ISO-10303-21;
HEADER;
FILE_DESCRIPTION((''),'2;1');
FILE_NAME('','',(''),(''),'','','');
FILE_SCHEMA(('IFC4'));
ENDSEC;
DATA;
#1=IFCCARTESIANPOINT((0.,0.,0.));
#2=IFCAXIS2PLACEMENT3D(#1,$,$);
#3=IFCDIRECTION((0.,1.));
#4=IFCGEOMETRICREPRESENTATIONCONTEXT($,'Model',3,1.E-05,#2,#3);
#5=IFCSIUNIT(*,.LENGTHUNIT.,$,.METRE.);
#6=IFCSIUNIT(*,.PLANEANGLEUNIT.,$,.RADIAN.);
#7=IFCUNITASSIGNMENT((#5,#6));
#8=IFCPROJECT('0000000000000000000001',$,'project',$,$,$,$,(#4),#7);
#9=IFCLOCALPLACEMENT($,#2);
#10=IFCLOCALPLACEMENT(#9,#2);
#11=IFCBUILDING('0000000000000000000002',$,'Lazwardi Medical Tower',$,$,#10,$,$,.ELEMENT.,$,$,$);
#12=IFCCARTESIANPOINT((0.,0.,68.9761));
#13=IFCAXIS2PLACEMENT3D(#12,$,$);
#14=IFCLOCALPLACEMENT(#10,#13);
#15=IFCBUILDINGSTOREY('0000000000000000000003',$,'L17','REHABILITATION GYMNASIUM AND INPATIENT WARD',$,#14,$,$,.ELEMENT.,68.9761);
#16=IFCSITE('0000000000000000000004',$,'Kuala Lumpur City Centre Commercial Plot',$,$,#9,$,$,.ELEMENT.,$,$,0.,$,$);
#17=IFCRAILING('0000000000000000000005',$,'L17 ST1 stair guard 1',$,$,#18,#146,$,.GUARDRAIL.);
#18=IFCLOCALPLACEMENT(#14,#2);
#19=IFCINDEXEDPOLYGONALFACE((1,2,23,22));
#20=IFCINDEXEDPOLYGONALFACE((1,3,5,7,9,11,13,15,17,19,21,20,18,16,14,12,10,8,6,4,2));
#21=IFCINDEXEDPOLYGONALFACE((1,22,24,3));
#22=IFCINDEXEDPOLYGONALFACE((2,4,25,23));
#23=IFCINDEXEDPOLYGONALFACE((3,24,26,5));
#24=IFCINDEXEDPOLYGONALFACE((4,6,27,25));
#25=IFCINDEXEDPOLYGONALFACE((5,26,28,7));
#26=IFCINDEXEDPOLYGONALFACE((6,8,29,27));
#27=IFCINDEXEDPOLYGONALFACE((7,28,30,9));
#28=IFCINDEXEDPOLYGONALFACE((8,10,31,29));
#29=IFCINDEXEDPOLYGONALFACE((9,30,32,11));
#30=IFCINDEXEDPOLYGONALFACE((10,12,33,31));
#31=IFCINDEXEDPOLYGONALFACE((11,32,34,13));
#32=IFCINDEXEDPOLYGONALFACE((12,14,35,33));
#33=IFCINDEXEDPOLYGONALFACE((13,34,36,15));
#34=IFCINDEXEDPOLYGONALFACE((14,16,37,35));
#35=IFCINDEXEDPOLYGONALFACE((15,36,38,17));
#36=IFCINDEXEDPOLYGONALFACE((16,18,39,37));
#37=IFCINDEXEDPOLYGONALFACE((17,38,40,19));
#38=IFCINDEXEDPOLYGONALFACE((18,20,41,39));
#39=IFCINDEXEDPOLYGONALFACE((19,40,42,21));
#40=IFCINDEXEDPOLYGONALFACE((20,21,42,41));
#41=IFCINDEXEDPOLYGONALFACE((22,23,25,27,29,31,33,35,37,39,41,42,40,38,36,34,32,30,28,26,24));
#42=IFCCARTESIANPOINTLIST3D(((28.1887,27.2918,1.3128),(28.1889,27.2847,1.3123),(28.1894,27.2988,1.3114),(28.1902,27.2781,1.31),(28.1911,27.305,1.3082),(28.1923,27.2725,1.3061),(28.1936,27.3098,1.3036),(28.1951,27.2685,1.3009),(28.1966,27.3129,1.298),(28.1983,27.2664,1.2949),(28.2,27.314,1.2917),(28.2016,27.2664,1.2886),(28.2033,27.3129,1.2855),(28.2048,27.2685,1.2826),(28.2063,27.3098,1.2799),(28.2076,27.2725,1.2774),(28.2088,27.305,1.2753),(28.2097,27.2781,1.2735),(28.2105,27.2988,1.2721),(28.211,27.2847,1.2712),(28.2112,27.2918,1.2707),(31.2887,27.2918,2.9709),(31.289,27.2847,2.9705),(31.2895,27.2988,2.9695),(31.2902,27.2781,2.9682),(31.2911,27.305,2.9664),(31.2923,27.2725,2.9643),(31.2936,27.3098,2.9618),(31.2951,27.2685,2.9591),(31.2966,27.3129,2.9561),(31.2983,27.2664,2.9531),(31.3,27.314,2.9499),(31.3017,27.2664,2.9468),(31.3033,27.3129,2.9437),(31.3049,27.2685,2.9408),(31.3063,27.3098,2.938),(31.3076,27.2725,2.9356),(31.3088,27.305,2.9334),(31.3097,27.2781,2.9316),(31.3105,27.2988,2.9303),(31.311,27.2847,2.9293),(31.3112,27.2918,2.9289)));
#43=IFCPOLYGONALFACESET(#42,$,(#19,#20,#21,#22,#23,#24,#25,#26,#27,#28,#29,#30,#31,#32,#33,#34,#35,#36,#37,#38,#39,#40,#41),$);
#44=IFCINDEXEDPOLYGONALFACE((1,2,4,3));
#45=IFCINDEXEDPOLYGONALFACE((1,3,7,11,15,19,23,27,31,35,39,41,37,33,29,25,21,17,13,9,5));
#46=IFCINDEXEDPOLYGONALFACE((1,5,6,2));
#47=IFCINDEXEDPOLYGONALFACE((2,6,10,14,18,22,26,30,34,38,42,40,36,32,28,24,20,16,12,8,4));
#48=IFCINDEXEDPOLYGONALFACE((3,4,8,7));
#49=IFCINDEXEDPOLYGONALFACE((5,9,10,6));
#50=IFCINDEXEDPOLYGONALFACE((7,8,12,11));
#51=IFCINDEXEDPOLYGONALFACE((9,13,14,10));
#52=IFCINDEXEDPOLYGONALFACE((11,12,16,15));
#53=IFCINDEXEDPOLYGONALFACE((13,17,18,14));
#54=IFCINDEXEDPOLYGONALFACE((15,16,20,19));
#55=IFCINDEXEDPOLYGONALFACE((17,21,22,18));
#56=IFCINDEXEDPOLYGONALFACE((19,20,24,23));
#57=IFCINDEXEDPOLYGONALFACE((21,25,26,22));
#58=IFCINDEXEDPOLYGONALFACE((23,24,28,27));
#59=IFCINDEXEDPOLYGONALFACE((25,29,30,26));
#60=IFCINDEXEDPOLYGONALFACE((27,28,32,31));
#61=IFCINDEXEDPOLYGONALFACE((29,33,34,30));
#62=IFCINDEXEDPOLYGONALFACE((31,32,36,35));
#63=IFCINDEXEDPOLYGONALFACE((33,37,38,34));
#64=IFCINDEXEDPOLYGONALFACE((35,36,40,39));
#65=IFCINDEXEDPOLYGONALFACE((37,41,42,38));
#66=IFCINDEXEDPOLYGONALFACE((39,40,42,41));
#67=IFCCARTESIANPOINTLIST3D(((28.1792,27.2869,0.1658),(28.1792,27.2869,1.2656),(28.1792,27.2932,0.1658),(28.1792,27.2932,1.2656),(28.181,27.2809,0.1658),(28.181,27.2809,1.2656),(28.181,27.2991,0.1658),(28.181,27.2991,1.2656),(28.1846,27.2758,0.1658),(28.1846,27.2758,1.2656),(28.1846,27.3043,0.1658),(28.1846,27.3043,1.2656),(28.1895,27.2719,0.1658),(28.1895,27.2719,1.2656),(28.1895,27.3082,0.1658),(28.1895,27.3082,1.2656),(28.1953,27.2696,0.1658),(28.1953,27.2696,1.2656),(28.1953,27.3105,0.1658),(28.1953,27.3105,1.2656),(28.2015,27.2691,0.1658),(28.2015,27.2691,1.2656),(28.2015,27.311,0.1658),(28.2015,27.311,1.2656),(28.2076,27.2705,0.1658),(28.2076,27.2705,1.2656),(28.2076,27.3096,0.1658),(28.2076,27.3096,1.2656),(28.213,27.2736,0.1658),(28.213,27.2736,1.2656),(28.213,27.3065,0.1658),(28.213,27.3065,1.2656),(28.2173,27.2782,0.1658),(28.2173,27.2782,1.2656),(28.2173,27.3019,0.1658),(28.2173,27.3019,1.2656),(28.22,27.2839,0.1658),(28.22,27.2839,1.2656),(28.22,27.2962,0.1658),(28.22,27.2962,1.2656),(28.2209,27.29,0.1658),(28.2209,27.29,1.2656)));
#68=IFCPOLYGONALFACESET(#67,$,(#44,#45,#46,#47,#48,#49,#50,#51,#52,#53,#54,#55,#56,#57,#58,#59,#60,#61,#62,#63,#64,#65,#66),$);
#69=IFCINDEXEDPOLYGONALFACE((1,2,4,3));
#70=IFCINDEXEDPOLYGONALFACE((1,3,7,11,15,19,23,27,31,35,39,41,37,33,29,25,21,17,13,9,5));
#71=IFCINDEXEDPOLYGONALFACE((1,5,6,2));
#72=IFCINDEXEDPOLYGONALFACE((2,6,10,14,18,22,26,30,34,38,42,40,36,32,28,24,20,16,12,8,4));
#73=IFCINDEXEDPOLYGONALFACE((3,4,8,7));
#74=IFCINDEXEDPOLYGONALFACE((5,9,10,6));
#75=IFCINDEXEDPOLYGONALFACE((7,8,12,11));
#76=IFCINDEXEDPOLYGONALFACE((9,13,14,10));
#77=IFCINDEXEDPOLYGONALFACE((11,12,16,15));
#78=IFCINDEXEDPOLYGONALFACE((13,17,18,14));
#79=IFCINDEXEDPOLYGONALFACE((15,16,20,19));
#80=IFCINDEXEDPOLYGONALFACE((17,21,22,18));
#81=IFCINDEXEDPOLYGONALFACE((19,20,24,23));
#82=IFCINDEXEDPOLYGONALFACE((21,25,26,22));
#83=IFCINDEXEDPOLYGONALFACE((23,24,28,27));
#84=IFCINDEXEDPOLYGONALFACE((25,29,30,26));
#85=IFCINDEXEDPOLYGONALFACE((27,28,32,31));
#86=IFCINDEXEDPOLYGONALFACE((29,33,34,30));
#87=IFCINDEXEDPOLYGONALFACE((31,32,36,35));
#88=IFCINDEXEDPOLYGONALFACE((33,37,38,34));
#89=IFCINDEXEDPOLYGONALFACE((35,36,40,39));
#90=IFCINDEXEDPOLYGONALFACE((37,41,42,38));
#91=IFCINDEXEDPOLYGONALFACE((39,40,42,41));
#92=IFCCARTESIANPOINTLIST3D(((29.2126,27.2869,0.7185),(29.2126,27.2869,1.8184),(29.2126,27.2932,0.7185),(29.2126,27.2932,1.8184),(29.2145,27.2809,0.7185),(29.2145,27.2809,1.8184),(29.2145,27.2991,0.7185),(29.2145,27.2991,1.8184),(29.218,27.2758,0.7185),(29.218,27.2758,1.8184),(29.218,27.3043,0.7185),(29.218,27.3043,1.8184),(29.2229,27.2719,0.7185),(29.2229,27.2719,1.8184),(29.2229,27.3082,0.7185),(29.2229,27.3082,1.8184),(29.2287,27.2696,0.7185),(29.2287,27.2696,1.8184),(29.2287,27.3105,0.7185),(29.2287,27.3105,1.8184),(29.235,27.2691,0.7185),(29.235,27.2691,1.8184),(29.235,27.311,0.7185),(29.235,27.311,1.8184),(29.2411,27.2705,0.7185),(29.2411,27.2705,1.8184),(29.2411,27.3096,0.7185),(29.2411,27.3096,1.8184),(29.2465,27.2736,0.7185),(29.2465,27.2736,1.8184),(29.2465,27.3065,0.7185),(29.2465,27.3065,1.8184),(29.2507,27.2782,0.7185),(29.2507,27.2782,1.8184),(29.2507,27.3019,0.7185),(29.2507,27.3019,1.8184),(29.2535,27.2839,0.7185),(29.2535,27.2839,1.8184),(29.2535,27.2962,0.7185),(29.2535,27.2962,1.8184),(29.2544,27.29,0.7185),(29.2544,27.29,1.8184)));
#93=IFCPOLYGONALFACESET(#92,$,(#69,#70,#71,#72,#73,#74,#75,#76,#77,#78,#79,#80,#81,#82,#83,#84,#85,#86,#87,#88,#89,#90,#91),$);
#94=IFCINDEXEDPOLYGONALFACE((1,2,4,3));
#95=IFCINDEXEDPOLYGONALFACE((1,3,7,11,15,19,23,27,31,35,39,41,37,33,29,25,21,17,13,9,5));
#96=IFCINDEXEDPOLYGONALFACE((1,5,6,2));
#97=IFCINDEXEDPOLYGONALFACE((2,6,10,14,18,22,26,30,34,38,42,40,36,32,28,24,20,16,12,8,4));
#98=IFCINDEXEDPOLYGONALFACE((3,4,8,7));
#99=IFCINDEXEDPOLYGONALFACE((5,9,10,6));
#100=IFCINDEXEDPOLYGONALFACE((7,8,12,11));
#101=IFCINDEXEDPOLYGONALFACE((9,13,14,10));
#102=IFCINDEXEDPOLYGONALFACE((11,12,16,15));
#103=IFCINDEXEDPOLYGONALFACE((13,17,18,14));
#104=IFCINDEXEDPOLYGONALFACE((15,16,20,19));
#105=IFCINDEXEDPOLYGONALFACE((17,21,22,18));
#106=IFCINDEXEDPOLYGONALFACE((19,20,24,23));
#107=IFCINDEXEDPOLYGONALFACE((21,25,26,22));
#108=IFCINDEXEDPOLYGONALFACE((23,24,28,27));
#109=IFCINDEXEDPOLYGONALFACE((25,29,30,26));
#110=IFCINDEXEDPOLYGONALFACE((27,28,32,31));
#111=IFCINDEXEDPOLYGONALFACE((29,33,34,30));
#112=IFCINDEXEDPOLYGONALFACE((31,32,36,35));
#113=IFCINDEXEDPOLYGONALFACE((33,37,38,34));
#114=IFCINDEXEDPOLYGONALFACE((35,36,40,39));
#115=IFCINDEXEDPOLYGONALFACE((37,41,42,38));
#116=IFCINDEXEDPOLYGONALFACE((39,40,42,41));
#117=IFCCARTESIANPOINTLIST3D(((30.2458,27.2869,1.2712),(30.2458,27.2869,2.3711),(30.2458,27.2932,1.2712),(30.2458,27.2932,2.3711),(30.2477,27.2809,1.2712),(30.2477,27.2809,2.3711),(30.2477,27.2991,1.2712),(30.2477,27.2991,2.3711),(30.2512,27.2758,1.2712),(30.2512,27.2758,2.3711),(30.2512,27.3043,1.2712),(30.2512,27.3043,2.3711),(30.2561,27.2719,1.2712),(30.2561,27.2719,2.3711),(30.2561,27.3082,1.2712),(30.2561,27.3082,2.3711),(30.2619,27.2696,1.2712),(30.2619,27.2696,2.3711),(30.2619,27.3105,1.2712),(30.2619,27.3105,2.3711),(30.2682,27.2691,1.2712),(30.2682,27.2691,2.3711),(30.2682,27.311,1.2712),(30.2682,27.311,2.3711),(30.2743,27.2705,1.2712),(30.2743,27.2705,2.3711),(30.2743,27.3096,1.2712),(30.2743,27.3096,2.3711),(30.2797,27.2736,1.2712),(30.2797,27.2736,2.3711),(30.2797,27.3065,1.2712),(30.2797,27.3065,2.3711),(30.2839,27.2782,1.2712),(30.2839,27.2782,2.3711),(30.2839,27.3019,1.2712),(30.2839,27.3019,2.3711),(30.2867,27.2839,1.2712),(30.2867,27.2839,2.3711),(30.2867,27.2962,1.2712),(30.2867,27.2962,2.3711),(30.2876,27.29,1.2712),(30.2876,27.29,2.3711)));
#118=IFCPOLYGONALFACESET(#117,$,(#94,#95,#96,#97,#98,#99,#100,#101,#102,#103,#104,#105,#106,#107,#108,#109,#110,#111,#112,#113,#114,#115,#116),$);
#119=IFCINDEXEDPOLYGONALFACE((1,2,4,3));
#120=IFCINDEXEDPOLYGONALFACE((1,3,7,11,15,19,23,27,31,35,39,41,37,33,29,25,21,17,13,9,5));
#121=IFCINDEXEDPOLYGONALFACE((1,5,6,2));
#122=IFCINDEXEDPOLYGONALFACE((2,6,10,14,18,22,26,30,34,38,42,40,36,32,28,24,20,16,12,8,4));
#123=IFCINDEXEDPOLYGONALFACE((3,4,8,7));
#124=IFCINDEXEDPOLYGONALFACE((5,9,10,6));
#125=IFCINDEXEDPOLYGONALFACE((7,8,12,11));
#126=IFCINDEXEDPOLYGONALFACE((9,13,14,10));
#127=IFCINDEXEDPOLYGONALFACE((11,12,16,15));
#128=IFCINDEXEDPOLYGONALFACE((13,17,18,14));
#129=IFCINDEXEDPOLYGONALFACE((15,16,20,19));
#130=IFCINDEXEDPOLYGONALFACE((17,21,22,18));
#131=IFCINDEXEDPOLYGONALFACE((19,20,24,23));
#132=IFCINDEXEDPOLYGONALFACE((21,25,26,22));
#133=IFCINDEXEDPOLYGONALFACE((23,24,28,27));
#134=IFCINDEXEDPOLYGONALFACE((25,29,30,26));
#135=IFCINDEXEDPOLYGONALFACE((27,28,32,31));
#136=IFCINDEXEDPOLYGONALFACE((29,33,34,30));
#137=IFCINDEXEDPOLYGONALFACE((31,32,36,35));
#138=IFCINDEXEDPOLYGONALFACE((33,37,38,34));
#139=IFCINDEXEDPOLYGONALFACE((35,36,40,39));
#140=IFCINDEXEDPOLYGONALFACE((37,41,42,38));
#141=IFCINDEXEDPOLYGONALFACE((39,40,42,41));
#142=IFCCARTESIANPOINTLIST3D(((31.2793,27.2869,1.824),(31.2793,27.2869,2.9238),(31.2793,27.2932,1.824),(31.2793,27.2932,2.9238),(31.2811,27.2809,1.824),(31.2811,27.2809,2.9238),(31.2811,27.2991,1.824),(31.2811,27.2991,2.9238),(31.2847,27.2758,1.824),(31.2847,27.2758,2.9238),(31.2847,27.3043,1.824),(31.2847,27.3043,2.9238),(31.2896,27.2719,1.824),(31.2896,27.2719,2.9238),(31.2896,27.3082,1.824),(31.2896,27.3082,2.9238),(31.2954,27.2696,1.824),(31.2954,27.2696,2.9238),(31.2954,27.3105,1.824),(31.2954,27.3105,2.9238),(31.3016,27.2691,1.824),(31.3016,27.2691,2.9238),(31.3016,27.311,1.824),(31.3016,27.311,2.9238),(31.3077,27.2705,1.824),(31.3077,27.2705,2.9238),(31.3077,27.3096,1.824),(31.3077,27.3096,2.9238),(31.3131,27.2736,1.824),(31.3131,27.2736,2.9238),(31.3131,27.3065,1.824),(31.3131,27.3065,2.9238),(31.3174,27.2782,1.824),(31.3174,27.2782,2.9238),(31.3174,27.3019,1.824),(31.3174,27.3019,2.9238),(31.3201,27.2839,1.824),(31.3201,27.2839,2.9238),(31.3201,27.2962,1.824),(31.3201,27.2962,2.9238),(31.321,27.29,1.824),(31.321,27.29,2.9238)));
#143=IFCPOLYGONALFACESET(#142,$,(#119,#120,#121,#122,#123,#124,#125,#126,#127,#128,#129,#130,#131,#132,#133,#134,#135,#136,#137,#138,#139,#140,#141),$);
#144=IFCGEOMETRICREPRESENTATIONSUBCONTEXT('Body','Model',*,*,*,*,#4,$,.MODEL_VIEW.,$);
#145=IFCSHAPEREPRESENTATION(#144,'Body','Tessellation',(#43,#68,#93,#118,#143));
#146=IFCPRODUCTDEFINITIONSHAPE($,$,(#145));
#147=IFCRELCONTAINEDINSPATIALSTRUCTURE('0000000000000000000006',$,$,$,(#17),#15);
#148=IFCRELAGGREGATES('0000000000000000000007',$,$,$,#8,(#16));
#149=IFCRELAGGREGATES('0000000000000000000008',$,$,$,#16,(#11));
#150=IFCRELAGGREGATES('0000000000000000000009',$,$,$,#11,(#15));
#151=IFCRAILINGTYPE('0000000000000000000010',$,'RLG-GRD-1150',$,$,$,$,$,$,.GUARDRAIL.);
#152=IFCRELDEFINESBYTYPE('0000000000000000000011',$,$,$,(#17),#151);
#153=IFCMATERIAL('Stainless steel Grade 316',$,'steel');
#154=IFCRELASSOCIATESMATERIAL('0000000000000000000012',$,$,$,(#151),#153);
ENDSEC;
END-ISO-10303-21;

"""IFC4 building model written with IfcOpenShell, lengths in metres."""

from ifc_helpers import new_model, si_unit, direction, frame, origin, origin_2d, place, context, subcontext, project, spatial, circle, extrude, material, type_object, element, save


model = new_model("IFC4")

# Units and contexts
model_context = context("Model", 3, precision=1e-05, world=origin(), true_north=direction((0.0, 1.0)))
body_context = subcontext(model_context, "Body", "Model", "MODEL_VIEW")
ifc_project = project(units=[si_unit("LENGTHUNIT", "METRE"), si_unit("PLANEANGLEUNIT", "RADIAN")], contexts=[model_context])

# Site, building, storey
site_placement = place(None, origin())
site = spatial("IfcSite", under=ifc_project, at=site_placement, Name="Kuala Lumpur City Centre Commercial Plot", CompositionType="ELEMENT", RefElevation=0.0)
building_placement = place(site_placement, origin())
building = spatial("IfcBuilding", under=site, at=building_placement, Name="Lazwardi Medical Tower", CompositionType="ELEMENT")
storey_placement = place(building_placement, frame((0.0, 0.0, 68.9761)))
storey = spatial("IfcBuildingStorey", under=building, at=storey_placement, Name="L17", Description="REHABILITATION GYMNASIUM AND INPATIENT WARD", CompositionType="ELEMENT", Elevation=68.9761)

# Railing
ifc_material_1 = material(Name="Stainless steel Grade 316", Category="steel")
railing_type_1 = type_object("IfcRailingType", Name="RLG-GRD-1150", PredefinedType="GUARDRAIL", material=ifc_material_1)
railing_1_placement = place(storey_placement, frame((28.2, 27.29, 0.1658)))
element("IfcRailing", 1, at=railing_1_placement, inside=storey, type_object=railing_type_1, Name="L17 ST1 stair guard 1", PredefinedType="GUARDRAIL", context=body_context, shape_type="SweptSolid", body=[
    extrude(circle(Radius=0.0239, at=origin_2d()), frame((0.0, 0.0, 1.126), z_axis=(0.881783, 0.0, 0.471655), x_axis=(0.0, 1.0, 0.0)), (0.0, 0.0, 1.0), 3.5156),
    extrude(circle(Radius=0.021, at=origin_2d()), origin(), (0.0, 0.0, 1.0), 1.0999),
    extrude(circle(Radius=0.021, at=origin_2d()), frame((1.0334, 0.0, 0.5527)), (0.0, 0.0, 1.0), 1.0999),
    extrude(circle(Radius=0.021, at=origin_2d()), frame((2.0667, 0.0, 1.1055)), (0.0, 0.0, 1.0), 1.0999),
    extrude(circle(Radius=0.021, at=origin_2d()), frame((3.1001, 0.0, 1.6582)), (0.0, 0.0, 1.0), 1.0999),
])

save(model, "model.ifc")
